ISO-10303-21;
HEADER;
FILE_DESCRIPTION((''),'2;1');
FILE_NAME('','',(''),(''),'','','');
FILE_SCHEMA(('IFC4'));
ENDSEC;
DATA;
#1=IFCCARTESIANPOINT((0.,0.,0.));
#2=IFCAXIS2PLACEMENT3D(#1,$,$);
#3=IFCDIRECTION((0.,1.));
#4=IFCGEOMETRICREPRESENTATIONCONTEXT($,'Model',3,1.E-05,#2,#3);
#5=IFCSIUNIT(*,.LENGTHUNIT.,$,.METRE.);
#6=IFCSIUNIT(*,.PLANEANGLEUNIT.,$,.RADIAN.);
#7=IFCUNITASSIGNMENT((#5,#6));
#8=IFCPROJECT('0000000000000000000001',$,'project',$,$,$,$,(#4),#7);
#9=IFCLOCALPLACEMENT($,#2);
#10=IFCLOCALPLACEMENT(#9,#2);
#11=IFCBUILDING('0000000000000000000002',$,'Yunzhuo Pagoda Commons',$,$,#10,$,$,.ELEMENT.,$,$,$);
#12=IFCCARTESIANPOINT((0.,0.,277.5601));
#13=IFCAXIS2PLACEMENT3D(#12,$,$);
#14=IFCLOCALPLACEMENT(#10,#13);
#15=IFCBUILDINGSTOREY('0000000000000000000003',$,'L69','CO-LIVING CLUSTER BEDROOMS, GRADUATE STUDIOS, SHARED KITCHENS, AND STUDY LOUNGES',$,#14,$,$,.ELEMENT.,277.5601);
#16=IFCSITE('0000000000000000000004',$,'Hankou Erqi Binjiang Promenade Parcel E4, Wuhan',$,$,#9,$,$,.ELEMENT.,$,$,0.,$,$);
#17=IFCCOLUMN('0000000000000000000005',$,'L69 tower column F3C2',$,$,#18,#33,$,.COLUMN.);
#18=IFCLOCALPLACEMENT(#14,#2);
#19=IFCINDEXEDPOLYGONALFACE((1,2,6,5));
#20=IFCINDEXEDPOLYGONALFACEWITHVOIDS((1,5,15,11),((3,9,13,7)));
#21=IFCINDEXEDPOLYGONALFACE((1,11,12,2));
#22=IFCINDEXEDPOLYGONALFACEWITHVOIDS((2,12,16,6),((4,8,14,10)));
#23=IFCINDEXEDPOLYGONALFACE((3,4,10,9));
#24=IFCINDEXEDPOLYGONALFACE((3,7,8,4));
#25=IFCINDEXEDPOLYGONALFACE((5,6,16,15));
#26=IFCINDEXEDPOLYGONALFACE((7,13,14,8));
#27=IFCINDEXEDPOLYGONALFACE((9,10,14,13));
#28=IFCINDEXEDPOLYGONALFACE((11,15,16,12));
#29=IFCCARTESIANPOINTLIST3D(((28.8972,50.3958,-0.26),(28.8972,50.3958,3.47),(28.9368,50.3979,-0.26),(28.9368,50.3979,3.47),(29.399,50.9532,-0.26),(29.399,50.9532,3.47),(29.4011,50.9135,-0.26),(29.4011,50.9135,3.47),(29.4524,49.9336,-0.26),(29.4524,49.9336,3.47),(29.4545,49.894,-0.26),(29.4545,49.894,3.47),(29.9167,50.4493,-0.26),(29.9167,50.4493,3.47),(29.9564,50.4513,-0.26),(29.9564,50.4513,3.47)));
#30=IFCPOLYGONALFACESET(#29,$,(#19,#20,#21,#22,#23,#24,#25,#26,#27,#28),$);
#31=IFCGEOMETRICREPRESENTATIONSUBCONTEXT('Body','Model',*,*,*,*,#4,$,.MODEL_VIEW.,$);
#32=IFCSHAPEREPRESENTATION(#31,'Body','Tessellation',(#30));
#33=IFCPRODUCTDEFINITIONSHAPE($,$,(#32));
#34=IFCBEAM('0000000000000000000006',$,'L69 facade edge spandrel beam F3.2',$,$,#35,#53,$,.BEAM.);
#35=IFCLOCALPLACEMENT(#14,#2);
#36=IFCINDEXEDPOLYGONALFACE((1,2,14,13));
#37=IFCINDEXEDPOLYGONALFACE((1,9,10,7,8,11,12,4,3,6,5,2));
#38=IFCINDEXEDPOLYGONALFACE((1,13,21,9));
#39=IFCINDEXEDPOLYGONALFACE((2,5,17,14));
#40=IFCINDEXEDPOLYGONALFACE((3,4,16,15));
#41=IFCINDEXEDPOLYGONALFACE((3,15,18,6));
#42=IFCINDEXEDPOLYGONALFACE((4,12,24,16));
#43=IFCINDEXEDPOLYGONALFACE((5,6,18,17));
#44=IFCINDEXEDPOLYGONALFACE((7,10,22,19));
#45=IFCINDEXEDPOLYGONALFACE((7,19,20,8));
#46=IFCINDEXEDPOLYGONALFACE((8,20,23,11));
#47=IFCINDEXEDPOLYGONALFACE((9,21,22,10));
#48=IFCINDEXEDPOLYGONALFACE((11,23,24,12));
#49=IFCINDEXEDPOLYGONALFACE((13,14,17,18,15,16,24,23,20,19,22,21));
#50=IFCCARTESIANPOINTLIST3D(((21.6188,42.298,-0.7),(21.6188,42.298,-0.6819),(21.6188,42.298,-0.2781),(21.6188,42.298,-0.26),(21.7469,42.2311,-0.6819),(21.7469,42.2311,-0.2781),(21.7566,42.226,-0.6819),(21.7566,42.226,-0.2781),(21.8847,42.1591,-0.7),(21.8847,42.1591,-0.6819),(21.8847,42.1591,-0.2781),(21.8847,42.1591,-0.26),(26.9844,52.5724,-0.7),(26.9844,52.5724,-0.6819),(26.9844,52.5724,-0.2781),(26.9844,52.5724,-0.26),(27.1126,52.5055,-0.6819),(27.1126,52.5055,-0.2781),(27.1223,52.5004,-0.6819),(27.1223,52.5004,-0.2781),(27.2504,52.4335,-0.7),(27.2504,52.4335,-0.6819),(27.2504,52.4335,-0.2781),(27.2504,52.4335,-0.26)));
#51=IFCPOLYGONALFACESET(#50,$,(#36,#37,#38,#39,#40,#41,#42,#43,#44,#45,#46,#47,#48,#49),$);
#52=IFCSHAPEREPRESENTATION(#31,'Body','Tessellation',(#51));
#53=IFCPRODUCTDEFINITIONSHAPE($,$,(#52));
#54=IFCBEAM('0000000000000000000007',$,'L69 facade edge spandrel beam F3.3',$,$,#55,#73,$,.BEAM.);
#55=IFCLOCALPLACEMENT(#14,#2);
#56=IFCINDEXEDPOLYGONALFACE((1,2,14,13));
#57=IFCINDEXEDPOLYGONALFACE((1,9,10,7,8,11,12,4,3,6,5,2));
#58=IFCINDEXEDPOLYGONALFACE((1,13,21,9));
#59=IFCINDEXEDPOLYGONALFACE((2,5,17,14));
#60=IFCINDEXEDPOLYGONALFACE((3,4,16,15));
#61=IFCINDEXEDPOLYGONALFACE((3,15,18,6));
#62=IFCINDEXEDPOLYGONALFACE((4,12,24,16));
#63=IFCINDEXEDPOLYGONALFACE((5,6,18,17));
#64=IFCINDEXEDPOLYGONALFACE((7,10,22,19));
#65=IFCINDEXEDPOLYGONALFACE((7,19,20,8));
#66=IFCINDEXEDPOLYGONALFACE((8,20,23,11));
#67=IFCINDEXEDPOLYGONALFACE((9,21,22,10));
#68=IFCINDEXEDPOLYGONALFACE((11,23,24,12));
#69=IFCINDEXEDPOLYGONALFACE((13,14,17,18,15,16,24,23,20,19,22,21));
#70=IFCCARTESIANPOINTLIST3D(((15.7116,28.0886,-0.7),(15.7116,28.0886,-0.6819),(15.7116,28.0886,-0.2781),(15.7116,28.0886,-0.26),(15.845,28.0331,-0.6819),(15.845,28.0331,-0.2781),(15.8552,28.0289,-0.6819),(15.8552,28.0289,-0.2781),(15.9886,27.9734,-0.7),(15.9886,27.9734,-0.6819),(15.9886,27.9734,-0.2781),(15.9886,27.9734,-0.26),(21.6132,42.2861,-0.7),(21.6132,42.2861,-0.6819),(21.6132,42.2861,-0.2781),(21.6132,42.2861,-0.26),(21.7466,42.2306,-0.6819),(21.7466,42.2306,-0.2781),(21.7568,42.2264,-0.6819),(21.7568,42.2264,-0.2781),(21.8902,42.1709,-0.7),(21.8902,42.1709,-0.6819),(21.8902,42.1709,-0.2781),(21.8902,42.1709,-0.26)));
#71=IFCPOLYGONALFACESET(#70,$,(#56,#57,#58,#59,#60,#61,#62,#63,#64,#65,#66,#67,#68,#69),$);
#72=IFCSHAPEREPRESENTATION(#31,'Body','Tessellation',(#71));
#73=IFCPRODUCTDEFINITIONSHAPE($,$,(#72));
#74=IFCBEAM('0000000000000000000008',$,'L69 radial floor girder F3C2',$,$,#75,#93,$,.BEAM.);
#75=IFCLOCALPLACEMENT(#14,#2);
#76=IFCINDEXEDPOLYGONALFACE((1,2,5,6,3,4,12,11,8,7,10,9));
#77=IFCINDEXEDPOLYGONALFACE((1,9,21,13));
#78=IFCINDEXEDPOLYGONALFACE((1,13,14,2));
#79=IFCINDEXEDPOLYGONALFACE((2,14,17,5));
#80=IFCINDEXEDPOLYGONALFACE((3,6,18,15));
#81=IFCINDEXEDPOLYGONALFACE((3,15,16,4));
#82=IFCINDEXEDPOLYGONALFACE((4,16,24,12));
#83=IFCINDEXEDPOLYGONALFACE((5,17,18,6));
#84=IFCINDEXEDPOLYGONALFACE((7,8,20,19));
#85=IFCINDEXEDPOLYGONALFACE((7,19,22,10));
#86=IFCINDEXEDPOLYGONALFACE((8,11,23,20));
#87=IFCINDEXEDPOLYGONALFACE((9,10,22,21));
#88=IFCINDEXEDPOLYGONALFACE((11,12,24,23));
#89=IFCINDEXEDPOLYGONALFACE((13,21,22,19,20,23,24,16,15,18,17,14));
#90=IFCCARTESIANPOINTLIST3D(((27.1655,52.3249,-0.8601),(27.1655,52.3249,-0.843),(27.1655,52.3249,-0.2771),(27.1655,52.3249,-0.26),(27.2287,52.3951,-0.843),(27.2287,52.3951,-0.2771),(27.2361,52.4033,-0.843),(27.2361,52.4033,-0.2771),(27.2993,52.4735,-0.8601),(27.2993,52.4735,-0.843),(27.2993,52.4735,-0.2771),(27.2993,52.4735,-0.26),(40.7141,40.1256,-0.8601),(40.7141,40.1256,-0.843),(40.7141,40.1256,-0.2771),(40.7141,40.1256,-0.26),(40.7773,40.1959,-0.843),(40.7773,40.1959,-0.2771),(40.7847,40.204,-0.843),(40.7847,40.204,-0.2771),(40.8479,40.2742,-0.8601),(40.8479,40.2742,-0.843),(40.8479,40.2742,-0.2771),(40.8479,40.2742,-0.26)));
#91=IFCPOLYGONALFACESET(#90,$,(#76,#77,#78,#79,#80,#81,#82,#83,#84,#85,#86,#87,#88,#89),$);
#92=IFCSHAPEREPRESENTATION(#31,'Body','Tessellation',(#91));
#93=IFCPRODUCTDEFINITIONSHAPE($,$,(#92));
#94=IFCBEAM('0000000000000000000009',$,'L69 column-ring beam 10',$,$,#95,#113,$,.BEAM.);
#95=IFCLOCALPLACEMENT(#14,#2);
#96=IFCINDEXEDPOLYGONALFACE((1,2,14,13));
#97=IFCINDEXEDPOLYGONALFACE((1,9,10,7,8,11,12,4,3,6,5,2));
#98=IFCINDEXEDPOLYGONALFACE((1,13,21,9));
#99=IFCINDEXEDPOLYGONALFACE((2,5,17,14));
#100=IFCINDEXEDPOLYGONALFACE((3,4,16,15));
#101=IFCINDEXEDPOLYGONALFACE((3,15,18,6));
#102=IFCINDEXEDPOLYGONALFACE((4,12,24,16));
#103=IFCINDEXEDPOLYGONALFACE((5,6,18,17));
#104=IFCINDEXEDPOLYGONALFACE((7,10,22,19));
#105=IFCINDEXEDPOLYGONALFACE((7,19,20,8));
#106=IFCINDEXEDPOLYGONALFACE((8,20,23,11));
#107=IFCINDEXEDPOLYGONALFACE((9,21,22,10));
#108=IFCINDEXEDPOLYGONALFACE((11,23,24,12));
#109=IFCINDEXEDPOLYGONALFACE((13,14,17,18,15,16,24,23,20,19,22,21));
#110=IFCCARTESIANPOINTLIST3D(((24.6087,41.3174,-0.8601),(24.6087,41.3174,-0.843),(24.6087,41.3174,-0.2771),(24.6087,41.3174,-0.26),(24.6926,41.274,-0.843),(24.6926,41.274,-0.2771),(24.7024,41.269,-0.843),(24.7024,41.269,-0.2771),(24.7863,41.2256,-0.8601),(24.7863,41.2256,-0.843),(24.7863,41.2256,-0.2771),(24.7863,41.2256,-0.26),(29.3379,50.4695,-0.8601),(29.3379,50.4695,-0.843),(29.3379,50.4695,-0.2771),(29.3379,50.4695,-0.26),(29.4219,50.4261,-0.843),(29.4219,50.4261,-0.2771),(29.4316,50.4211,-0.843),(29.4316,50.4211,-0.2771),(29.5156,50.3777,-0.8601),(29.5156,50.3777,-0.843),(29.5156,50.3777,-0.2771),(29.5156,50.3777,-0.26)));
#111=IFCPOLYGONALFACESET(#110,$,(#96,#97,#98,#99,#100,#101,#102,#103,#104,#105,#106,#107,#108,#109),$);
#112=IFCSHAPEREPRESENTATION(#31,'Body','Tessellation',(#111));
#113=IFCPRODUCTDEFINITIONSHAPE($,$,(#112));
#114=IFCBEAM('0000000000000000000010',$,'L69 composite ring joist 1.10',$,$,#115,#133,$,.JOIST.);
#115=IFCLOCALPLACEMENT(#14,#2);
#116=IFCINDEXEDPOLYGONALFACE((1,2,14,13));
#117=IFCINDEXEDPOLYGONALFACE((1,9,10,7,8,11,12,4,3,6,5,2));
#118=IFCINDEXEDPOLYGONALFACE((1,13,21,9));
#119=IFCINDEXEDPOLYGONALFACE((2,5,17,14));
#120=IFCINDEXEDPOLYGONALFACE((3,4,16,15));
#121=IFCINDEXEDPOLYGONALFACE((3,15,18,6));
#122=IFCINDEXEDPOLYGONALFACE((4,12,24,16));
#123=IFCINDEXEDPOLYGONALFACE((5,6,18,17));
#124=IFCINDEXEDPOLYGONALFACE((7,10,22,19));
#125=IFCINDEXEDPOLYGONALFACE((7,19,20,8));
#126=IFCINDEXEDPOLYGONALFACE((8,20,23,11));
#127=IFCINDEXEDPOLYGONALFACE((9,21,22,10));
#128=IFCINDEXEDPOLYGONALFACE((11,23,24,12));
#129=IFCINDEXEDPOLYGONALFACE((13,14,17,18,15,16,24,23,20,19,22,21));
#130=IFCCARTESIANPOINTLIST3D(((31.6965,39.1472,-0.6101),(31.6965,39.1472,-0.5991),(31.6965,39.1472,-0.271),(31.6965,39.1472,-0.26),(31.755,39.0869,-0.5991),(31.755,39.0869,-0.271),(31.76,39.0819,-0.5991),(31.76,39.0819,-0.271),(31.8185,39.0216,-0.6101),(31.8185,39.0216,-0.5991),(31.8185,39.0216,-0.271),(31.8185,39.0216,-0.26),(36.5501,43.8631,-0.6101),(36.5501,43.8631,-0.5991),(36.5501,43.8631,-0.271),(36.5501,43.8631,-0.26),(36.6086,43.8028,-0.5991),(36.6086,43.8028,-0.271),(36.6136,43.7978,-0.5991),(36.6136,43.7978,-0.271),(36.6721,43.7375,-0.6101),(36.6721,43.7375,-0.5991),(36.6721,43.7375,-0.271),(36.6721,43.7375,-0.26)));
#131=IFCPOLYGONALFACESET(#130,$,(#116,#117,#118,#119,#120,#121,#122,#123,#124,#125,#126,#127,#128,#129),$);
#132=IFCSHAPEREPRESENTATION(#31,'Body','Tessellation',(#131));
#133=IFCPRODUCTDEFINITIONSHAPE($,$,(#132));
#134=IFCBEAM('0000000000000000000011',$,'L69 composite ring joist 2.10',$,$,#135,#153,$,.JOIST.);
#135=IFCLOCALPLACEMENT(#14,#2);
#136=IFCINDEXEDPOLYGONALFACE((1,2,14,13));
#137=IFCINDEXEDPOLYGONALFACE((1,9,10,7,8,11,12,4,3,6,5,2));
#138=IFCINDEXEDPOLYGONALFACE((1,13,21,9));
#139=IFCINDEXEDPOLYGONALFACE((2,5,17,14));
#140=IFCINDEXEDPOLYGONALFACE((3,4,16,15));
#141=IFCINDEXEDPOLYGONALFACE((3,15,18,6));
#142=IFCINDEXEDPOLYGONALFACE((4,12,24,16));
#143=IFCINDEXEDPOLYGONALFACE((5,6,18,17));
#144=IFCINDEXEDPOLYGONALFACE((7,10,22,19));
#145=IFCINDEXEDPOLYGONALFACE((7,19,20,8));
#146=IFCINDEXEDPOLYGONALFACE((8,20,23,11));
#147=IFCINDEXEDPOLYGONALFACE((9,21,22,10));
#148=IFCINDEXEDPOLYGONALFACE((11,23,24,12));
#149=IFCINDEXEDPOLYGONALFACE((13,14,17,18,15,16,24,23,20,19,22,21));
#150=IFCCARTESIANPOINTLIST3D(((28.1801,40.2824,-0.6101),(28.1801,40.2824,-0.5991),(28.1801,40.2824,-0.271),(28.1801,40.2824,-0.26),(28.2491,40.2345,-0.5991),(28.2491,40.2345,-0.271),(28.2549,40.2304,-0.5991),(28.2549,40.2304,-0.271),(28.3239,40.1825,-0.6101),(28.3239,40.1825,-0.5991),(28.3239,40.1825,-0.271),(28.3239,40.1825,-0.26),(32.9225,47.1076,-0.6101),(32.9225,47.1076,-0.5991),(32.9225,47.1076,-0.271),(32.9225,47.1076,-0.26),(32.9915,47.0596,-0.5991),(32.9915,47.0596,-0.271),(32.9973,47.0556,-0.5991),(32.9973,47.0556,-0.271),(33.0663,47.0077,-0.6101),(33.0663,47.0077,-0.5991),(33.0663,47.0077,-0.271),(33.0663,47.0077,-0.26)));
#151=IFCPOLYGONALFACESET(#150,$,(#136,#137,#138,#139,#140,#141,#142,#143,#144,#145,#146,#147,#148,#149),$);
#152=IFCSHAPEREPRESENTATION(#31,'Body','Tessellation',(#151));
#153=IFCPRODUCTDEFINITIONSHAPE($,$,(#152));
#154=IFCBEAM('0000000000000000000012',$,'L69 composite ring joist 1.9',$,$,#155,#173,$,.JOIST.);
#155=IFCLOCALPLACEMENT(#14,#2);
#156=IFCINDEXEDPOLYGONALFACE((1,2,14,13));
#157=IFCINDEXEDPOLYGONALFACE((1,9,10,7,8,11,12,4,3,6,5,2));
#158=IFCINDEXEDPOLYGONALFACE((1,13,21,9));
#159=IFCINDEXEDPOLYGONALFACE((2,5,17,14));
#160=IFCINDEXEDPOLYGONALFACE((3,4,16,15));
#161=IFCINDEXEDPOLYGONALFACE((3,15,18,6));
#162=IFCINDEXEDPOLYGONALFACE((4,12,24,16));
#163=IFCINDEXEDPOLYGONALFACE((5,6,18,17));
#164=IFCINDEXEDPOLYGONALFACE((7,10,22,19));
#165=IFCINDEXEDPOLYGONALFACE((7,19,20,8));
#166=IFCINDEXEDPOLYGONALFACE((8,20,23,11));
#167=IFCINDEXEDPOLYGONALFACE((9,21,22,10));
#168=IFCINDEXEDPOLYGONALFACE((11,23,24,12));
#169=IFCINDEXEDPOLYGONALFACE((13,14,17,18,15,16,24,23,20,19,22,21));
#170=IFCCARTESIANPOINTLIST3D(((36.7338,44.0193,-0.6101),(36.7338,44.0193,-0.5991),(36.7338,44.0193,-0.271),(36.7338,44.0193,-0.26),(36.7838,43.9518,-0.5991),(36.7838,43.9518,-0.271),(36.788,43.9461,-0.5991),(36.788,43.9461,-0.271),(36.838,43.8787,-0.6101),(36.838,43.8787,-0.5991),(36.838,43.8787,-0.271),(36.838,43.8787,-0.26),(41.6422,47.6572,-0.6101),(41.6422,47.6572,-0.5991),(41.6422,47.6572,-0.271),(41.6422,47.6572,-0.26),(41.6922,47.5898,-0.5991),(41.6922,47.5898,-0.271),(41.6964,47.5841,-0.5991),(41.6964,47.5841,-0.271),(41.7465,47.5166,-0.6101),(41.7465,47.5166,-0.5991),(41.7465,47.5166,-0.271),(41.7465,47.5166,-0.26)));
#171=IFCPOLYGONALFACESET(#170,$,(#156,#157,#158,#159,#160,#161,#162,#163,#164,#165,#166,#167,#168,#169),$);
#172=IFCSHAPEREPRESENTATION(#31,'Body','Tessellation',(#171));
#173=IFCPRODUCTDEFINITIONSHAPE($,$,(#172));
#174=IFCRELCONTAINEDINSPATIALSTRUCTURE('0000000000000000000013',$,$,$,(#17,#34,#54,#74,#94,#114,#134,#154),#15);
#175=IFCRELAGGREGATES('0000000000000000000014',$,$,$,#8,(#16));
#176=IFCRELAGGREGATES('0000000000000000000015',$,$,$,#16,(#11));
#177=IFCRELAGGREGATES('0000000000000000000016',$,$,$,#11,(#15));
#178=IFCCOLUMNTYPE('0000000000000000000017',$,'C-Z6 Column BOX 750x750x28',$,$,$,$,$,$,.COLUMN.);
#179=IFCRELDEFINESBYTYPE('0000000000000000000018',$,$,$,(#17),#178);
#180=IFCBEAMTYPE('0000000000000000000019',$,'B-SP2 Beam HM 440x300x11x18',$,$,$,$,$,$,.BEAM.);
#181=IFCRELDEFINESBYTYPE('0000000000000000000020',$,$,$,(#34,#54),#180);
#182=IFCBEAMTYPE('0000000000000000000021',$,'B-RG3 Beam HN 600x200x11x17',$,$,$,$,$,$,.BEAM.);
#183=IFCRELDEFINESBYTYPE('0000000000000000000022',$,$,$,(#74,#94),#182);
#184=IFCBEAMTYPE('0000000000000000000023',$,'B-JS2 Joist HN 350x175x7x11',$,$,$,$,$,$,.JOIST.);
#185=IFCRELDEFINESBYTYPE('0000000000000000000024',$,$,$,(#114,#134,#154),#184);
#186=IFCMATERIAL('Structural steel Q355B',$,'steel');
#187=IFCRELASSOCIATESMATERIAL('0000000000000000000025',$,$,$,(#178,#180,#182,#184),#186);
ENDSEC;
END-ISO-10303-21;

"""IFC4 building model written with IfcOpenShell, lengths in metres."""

from ifc_helpers import new_model, si_unit, direction, frame, origin, origin_2d, place, context, subcontext, project, spatial, hollow_rectangle, i_section, extrude, source, transform, mapped, material, material_profile, profile_set, type_object, element, save


model = new_model("IFC4")

# Units and contexts
model_context = context("Model", 3, precision=1e-05, world=origin(), true_north=direction((0.0, 1.0)))
body_context = subcontext(model_context, "Body", "Model", "MODEL_VIEW")
ifc_project = project(units=[si_unit("LENGTHUNIT", "METRE"), si_unit("PLANEANGLEUNIT", "RADIAN")], contexts=[model_context])

# Site, building, storey
site_placement = place(None, origin())
site = spatial("IfcSite", under=ifc_project, at=site_placement, Name="Hankou Erqi Binjiang Promenade Parcel E4, Wuhan", CompositionType="ELEMENT", RefElevation=0.0)
building_placement = place(site_placement, origin())
building = spatial("IfcBuilding", under=site, at=building_placement, Name="Yunzhuo Pagoda Commons", CompositionType="ELEMENT")
storey_placement = place(building_placement, frame((0.0, 0.0, 277.5601)))
storey = spatial("IfcBuildingStorey", under=building, at=storey_placement, Name="L69", Description="CO-LIVING CLUSTER BEDROOMS, GRADUATE STUDIOS, SHARED KITCHENS, AND STUDY LOUNGES", CompositionType="ELEMENT", Elevation=277.5601)

# Column
ifc_material_1 = material(Name="Structural steel Q355B", Category="steel")
ifc_material_profile_1 = material_profile(ifc_material_1, hollow_rectangle(XDim=0.75, YDim=0.75, WallThickness=0.0281, at=origin_2d()), Name="Structural steel Q355B")
ifc_profile_set_1 = profile_set([ifc_material_profile_1], Name="Structural steel Q355B")
column_type = type_object("IfcColumnType", Name="C-Z6 Column BOX 750x750x28", PredefinedType="COLUMN", material=ifc_profile_set_1)
shared_shape_1 = source(origin(), body_context, "Body", "SweptSolid", [
    extrude(hollow_rectangle(XDim=0.75, YDim=0.75, WallThickness=0.0281, at=origin_2d()), origin(), (0.0, 0.0, 1.0), 3.73),
])
column_placement = place(storey_placement, frame((29.4268, 50.4236, -0.26), z_axis=(0.0, 0.0, 1.0), x_axis=(-0.669131, -0.743145, 0.0)))
element("IfcColumn", 1, at=column_placement, inside=storey, type_object=column_type, Name="L69 tower column F3C2", PredefinedType="COLUMN", context=body_context, shape_type="MappedRepresentation", body=[
    mapped(shared_shape_1, transform((0.0, 0.0, 0.0), scale=1.0)),
])

# Beams
ifc_material_profile_2 = material_profile(ifc_material_1, i_section(OverallWidth=0.3, OverallDepth=0.4399, WebThickness=0.011, FlangeThickness=0.0181, at=origin_2d()), Name="Structural steel Q355B")
ifc_profile_set_2 = profile_set([ifc_material_profile_2], Name="Structural steel Q355B")
beam_type_1 = type_object("IfcBeamType", Name="B-SP2 Beam HM 440x300x11x18", PredefinedType="BEAM", material=ifc_profile_set_2)
shared_shape_2 = source(origin(), body_context, "Body", "SweptSolid", [
    extrude(i_section(OverallWidth=0.3, OverallDepth=0.4399, WebThickness=0.011, FlangeThickness=0.0181, at=origin_2d()), origin(), (0.0, 0.0, 1.0), 11.5911),
])
beam_1_placement = place(storey_placement, frame((27.1174, 52.5029, -0.48), z_axis=(-0.462916, -0.886402, 0.0), x_axis=(0.886402, -0.462916, 0.0)))
element("IfcBeam", 2, at=beam_1_placement, inside=storey, type_object=beam_type_1, Name="L69 facade edge spandrel beam F3.2", PredefinedType="BEAM", context=body_context, shape_type="MappedRepresentation", body=[
    mapped(shared_shape_2, transform((0.0, 0.0, 0.0), scale=1.0)),
])
shared_shape_3 = source(origin(), body_context, "Body", "SweptSolid", [
    extrude(i_section(OverallWidth=0.3, OverallDepth=0.4399, WebThickness=0.011, FlangeThickness=0.0181, at=origin_2d()), origin(), (0.0, 0.0, 1.0), 15.3752),
])
beam_2_placement = place(storey_placement, frame((21.7517, 42.2285, -0.48), z_axis=(-0.383838, -0.9234, 0.0), x_axis=(0.9234, -0.383838, 0.0)))
element("IfcBeam", 3, at=beam_2_placement, inside=storey, type_object=beam_type_1, Name="L69 facade edge spandrel beam F3.3", PredefinedType="BEAM", context=body_context, shape_type="MappedRepresentation", body=[
    mapped(shared_shape_3, transform((0.0, 0.0, 0.0), scale=1.0)),
])
ifc_material_profile_3 = material_profile(ifc_material_1, i_section(OverallWidth=0.2, OverallDepth=0.6001, WebThickness=0.011, FlangeThickness=0.0171, at=origin_2d()), Name="Structural steel Q355B")
ifc_profile_set_3 = profile_set([ifc_material_profile_3], Name="Structural steel Q355B")
beam_type_2 = type_object("IfcBeamType", Name="B-RG3 Beam HN 600x200x11x17", PredefinedType="BEAM", material=ifc_profile_set_3)
shared_shape_4 = source(origin(), body_context, "Body", "SweptSolid", [
    extrude(i_section(OverallWidth=0.2, OverallDepth=0.6001, WebThickness=0.011, FlangeThickness=0.0171, at=origin_2d()), origin(), (0.0, 0.0, 1.0), 18.2314),
])
beam_3_placement = place(storey_placement, frame((27.2324, 52.3992, -0.5601), z_axis=(0.743144, -0.669131, 0.0), x_axis=(0.669131, 0.743144, 0.0)))
element("IfcBeam", 4, at=beam_3_placement, inside=storey, type_object=beam_type_2, Name="L69 radial floor girder F3C2", PredefinedType="BEAM", context=body_context, shape_type="MappedRepresentation", body=[
    mapped(shared_shape_4, transform((0.0, 0.0, 0.0), scale=1.0)),
])
shared_shape_5 = source(origin(), body_context, "Body", "SweptSolid", [
    extrude(i_section(OverallWidth=0.2, OverallDepth=0.6001, WebThickness=0.011, FlangeThickness=0.0171, at=origin_2d()), origin(), (0.0, 0.0, 1.0), 10.3018),
])
beam_4_placement = place(storey_placement, frame((29.4268, 50.4236, -0.5601), z_axis=(-0.459071, -0.8884, 0.0), x_axis=(0.8884, -0.459071, 0.0)))
element("IfcBeam", 5, at=beam_4_placement, inside=storey, type_object=beam_type_2, Name="L69 column-ring beam 10", PredefinedType="BEAM", context=body_context, shape_type="MappedRepresentation", body=[
    mapped(shared_shape_5, transform((0.0, 0.0, 0.0), scale=1.0)),
])
ifc_material_profile_4 = material_profile(ifc_material_1, i_section(OverallWidth=0.175, OverallDepth=0.3501, WebThickness=0.0071, FlangeThickness=0.011, at=origin_2d()), Name="Structural steel Q355B")
ifc_profile_set_4 = profile_set([ifc_material_profile_4], Name="Structural steel Q355B")
beam_type_3 = type_object("IfcBeamType", Name="B-JS2 Joist HN 350x175x7x11", PredefinedType="JOIST", material=ifc_profile_set_4)
shared_shape_6 = source(origin(), body_context, "Body", "SweptSolid", [
    extrude(i_section(OverallWidth=0.175, OverallDepth=0.3501, WebThickness=0.0071, FlangeThickness=0.011, at=origin_2d()), origin(), (0.0, 0.0, 1.0), 6.7673),
])
beam_5_placement = place(storey_placement, frame((36.6111, 43.8003, -0.4351), z_axis=(-0.717207, -0.69686, 0.0), x_axis=(0.69686, -0.717207, 0.0)))
element("IfcBeam", 6, at=beam_5_placement, inside=storey, type_object=beam_type_3, Name="L69 composite ring joist 1.10", PredefinedType="JOIST", context=body_context, shape_type="MappedRepresentation", body=[
    mapped(shared_shape_6, transform((0.0, 0.0, 0.0), scale=1.0)),
])
shared_shape_7 = source(origin(), body_context, "Body", "SweptSolid", [
    extrude(i_section(OverallWidth=0.175, OverallDepth=0.3501, WebThickness=0.0071, FlangeThickness=0.011, at=origin_2d()), origin(), (0.0, 0.0, 1.0), 8.311),
])
beam_6_placement = place(storey_placement, frame((32.9944, 47.0576, -0.4351), z_axis=(-0.570616, -0.821217, 0.0), x_axis=(0.821217, -0.570616, 0.0)))
element("IfcBeam", 7, at=beam_6_placement, inside=storey, type_object=beam_type_3, Name="L69 composite ring joist 2.10", PredefinedType="JOIST", context=body_context, shape_type="MappedRepresentation", body=[
    mapped(shared_shape_7, transform((0.0, 0.0, 0.0), scale=1.0)),
])
shared_shape_8 = source(origin(), body_context, "Body", "SweptSolid", [
    extrude(i_section(OverallWidth=0.175, OverallDepth=0.3501, WebThickness=0.0071, FlangeThickness=0.011, at=origin_2d()), origin(), (0.0, 0.0, 1.0), 6.1096),
])
beam_7_placement = place(storey_placement, frame((41.6943, 47.5869, -0.4351), z_axis=(-0.803396, -0.595444, 0.0), x_axis=(0.595444, -0.803396, 0.0)))
element("IfcBeam", 8, at=beam_7_placement, inside=storey, type_object=beam_type_3, Name="L69 composite ring joist 1.9", PredefinedType="JOIST", context=body_context, shape_type="MappedRepresentation", body=[
    mapped(shared_shape_8, transform((0.0, 0.0, 0.0), scale=1.0)),
])

save(model, "model.ifc")
